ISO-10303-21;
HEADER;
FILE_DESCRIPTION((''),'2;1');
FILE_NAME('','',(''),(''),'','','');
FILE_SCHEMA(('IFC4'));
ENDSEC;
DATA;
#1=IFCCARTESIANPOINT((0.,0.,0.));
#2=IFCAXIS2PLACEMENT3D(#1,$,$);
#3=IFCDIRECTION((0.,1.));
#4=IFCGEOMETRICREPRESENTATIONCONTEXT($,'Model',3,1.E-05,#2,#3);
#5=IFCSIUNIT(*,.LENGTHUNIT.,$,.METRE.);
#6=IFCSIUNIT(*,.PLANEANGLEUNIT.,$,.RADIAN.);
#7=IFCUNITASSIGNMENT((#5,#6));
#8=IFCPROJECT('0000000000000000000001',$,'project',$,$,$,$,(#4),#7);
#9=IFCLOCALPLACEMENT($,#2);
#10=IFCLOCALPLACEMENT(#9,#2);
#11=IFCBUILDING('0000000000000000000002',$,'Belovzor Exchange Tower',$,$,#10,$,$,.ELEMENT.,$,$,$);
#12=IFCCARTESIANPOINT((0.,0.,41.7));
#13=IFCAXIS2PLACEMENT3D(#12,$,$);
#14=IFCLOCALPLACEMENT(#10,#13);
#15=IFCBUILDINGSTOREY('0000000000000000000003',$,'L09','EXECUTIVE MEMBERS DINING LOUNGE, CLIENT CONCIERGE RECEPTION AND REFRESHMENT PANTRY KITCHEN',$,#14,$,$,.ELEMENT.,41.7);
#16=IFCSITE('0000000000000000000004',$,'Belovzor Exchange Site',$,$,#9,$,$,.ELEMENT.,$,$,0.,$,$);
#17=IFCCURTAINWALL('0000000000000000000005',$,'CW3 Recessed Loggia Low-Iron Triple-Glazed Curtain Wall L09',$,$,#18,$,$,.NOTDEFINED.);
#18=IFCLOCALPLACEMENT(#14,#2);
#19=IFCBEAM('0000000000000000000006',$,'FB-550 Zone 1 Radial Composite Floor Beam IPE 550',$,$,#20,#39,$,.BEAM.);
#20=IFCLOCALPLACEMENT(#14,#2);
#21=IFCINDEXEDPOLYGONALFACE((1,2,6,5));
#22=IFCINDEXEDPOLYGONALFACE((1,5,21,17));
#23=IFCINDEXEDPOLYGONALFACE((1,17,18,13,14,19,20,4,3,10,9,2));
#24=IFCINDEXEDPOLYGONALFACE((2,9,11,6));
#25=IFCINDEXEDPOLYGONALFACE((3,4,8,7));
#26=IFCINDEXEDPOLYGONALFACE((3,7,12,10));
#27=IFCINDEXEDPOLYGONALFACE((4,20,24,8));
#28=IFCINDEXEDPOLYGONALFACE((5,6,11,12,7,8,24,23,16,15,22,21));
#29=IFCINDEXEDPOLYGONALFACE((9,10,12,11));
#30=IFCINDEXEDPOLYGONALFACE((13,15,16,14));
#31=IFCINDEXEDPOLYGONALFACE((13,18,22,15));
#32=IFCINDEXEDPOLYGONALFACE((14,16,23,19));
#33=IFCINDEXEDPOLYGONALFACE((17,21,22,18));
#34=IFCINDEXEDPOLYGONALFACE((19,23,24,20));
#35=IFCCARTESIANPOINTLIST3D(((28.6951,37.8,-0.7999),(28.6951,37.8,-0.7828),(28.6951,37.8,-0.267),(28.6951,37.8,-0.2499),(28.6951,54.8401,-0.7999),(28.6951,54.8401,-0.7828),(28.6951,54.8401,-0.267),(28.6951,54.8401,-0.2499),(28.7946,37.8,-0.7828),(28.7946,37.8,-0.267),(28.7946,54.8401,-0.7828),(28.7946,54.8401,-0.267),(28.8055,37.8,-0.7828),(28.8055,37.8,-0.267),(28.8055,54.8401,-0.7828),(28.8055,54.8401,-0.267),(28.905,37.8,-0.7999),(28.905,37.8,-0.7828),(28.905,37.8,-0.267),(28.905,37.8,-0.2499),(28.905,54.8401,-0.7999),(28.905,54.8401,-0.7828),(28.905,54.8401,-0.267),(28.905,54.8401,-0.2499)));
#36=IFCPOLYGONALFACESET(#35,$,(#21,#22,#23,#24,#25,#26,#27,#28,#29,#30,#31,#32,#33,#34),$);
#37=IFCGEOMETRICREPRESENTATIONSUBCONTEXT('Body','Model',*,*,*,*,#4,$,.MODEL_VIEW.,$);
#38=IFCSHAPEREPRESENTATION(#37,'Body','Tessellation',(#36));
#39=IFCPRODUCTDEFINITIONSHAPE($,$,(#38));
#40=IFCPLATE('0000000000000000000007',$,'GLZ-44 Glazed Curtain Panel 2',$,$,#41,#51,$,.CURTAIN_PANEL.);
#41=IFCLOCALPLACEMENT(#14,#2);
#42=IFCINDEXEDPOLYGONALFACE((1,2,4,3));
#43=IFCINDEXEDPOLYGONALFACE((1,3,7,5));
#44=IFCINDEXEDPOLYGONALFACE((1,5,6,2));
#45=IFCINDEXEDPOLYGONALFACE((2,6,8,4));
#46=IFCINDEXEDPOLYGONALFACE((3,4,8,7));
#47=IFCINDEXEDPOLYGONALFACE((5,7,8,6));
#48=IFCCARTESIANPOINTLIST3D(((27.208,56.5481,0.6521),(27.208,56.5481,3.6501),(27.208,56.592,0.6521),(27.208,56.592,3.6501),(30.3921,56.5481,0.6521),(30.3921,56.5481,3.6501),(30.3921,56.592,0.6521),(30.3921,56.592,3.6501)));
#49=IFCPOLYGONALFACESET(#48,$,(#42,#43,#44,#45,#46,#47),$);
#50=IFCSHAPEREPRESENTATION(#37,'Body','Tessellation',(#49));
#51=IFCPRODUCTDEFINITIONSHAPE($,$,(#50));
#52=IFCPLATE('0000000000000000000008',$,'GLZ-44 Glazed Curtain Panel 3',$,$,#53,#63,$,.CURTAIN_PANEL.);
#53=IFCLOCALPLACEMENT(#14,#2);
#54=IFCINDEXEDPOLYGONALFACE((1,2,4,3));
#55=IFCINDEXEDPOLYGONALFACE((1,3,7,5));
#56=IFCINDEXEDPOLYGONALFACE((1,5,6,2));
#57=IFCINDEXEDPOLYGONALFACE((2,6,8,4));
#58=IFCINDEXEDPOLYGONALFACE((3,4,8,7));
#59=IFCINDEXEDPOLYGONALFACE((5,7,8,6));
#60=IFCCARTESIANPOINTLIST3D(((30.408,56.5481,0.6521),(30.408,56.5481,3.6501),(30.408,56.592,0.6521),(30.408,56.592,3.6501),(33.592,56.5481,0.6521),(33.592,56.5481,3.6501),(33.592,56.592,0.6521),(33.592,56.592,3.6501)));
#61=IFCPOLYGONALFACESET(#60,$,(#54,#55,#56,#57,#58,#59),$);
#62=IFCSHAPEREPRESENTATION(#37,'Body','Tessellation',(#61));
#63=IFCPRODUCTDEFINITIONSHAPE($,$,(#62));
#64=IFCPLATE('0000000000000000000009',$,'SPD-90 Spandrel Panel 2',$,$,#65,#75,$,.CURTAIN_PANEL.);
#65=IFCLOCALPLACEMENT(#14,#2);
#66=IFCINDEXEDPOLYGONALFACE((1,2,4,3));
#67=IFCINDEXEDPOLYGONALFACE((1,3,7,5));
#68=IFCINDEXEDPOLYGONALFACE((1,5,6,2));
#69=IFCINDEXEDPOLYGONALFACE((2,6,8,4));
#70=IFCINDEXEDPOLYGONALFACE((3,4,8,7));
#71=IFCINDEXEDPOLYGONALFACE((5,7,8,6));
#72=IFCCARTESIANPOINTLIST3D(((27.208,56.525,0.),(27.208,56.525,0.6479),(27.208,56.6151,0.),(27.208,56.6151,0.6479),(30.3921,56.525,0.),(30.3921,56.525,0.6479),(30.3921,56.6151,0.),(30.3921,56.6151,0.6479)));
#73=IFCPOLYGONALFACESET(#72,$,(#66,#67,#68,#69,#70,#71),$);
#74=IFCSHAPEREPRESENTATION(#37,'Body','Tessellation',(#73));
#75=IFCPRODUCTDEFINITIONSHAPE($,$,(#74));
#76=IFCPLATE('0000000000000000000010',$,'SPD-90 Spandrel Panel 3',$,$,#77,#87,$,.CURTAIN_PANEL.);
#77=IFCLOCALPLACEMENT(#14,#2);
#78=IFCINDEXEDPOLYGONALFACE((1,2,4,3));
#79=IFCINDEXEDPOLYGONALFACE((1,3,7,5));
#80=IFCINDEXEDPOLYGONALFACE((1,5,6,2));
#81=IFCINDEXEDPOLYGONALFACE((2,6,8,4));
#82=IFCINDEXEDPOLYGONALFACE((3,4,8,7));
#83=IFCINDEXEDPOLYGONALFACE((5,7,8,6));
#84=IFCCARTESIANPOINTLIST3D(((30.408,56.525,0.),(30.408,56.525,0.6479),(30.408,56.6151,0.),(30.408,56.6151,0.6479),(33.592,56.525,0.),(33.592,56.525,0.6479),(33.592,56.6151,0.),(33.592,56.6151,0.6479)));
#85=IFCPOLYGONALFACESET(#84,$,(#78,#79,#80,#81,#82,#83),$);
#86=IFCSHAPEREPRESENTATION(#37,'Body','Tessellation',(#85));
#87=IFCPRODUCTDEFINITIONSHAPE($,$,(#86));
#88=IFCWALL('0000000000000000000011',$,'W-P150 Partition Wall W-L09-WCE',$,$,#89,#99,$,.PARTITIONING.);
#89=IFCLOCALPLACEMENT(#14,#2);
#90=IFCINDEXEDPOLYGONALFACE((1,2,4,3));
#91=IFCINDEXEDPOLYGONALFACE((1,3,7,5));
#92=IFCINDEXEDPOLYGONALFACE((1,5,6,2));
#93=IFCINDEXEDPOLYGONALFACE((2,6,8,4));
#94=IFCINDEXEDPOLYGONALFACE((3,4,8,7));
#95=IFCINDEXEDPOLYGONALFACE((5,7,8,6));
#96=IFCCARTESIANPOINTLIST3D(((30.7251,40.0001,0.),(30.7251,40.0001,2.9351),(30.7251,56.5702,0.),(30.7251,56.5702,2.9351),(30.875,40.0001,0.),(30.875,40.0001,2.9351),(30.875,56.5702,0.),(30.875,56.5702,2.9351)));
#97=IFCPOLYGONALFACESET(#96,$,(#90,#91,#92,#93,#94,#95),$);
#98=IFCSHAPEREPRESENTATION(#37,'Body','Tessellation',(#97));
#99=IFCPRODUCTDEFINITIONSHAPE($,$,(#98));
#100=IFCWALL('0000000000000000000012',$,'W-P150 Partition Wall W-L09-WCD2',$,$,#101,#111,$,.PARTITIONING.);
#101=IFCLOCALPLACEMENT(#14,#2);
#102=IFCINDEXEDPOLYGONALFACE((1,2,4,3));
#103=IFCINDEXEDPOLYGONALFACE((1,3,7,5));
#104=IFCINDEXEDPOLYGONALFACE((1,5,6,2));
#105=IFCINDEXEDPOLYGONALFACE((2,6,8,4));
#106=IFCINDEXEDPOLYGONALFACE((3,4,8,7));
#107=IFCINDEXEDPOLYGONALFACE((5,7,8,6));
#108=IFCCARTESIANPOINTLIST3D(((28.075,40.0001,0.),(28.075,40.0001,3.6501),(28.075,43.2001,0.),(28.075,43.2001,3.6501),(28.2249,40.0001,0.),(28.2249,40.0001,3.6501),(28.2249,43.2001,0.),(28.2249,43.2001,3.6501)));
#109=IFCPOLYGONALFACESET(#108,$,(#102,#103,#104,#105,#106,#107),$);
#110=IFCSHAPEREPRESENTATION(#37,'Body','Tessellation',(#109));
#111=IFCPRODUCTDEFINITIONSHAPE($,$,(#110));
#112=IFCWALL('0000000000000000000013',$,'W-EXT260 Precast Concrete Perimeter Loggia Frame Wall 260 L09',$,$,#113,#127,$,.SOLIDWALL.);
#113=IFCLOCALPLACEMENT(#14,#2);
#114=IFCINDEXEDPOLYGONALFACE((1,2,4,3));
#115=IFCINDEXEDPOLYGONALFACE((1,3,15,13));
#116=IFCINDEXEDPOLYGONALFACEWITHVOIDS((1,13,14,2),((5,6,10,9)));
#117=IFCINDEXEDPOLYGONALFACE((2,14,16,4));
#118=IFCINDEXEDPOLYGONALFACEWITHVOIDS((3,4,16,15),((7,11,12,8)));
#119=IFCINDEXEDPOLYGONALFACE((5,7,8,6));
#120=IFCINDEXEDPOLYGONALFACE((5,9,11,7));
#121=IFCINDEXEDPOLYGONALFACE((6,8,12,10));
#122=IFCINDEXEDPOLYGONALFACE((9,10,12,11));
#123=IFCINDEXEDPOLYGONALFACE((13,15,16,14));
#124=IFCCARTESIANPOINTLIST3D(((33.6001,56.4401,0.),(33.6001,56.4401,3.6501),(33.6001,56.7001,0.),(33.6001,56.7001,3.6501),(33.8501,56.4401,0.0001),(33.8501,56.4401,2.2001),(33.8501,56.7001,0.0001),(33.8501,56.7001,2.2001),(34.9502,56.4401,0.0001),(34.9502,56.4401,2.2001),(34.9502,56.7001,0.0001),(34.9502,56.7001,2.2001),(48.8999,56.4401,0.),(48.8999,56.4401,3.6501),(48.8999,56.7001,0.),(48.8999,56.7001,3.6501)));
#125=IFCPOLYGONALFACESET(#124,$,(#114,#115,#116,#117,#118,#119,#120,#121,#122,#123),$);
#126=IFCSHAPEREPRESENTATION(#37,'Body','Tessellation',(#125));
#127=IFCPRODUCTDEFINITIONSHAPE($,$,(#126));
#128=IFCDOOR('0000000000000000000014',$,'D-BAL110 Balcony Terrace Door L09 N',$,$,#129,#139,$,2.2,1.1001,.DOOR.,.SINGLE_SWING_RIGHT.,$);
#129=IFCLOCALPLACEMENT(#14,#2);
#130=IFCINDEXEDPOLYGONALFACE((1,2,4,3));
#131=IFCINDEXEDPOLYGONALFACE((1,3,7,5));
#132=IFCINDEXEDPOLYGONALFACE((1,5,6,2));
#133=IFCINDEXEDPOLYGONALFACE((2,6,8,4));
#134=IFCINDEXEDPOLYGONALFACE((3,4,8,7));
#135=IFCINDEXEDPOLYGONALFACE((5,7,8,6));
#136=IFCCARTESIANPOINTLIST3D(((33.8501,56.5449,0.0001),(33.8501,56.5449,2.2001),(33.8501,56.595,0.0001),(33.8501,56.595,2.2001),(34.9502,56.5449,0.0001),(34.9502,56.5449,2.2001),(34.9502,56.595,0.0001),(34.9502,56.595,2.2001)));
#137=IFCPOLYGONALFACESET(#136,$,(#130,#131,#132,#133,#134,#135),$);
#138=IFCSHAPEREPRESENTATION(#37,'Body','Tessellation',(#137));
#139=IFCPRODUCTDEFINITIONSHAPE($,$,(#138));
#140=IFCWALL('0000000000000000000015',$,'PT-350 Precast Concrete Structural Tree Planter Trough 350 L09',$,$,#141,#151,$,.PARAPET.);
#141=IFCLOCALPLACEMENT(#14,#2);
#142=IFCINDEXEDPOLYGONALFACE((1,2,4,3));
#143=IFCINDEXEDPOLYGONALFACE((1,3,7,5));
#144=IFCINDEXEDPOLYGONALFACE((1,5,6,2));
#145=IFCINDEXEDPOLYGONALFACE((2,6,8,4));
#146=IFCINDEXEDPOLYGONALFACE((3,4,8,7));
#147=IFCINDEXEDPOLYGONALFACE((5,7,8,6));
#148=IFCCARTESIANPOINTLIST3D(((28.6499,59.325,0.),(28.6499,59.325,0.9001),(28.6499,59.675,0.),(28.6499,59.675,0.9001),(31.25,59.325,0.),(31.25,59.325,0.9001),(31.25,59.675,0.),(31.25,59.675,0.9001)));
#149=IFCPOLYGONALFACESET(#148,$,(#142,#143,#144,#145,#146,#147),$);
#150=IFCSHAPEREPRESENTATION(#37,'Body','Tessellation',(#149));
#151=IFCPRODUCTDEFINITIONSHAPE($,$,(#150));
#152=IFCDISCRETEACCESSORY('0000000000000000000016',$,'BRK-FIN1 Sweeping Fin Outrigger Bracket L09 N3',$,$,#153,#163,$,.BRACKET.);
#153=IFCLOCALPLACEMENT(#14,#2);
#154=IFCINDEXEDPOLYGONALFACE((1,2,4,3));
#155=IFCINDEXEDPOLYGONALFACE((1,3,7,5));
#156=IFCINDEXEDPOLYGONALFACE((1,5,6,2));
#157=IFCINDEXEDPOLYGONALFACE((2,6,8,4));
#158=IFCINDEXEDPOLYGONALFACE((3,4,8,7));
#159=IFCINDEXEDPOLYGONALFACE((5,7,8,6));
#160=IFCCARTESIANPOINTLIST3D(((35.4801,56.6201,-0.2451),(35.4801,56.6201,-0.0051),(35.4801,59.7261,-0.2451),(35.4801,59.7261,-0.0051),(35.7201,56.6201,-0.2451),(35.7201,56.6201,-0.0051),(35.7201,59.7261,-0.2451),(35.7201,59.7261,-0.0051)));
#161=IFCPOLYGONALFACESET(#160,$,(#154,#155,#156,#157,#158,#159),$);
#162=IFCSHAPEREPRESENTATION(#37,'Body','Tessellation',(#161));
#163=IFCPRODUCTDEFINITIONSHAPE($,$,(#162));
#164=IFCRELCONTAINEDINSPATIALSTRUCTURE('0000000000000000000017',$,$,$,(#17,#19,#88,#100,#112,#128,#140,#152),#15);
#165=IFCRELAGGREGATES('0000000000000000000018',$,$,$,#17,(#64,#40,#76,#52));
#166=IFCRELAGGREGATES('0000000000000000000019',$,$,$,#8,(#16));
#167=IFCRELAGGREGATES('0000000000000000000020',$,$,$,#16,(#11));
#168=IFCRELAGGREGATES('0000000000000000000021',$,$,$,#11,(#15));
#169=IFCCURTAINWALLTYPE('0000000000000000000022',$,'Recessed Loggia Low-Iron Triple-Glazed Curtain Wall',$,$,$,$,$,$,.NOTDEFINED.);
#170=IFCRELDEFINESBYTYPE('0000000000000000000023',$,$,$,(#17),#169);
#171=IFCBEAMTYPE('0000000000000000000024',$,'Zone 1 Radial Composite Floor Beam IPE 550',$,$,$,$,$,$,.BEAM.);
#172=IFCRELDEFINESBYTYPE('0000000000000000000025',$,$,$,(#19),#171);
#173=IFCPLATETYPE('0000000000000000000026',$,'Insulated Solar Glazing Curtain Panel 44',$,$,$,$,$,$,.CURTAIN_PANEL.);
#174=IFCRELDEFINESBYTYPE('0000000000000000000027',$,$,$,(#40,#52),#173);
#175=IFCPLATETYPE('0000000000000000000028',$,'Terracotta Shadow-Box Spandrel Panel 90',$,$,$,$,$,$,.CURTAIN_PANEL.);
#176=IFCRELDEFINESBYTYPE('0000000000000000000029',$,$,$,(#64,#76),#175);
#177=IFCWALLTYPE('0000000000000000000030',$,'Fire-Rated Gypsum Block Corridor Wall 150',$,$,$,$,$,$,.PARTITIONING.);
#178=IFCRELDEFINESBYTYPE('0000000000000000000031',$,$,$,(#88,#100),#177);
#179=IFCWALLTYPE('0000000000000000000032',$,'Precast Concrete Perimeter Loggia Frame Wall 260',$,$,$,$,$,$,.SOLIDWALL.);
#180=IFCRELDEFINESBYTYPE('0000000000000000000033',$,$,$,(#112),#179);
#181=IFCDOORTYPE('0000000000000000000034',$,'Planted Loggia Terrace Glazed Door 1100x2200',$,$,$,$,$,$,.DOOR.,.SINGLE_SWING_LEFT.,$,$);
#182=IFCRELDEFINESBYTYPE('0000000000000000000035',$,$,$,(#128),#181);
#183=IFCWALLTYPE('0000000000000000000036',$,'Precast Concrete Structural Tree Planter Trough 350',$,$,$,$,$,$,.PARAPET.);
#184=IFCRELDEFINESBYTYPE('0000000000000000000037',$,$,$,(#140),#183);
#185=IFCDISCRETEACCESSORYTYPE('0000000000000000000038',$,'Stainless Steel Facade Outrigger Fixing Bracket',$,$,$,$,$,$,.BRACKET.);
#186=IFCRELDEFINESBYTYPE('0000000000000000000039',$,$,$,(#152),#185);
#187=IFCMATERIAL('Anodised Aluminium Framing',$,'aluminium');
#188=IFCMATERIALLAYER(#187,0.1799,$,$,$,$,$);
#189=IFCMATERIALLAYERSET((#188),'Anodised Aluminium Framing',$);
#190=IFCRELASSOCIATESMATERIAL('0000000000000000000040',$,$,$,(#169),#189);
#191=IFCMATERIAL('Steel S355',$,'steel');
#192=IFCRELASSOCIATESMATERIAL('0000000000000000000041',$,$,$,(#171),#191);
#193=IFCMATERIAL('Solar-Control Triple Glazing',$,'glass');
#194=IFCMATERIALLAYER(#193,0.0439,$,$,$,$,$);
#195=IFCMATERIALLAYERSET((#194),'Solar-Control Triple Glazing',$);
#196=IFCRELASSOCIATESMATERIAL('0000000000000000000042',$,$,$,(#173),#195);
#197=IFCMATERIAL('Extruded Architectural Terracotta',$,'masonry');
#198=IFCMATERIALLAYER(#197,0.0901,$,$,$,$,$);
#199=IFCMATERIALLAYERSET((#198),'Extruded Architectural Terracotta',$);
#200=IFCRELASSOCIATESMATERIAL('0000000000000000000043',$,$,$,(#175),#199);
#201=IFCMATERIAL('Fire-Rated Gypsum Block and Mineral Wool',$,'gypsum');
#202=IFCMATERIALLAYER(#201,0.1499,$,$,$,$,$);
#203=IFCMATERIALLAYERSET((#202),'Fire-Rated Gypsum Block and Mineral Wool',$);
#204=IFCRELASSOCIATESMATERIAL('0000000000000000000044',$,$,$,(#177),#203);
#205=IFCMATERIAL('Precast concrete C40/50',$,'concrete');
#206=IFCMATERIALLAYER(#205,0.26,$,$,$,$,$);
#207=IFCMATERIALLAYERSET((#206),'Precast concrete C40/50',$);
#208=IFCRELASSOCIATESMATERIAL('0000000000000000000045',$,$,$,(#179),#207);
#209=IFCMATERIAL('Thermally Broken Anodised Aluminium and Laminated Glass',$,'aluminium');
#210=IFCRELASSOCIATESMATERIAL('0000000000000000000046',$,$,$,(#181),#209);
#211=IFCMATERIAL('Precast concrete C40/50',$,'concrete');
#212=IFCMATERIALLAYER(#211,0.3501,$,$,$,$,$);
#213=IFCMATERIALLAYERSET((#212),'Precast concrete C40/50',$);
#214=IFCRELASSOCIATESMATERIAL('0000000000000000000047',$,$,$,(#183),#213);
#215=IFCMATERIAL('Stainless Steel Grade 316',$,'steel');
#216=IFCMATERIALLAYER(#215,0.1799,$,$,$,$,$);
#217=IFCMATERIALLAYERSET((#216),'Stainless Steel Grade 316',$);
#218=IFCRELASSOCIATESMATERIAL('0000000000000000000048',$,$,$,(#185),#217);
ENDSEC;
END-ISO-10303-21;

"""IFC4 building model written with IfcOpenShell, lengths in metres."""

from ifc_helpers import new_model, si_unit, direction, frame, frame_2d, origin, origin_2d, place, context, subcontext, project, spatial, rectangle, i_section, extrude, material, layer, layer_set, material_profile, profile_set, type_object, element, fill, aggregate, save


model = new_model("IFC4")

# Units and contexts
model_context = context("Model", 3, precision=1e-05, world=origin(), true_north=direction((0.0, 1.0)))
body_context = subcontext(model_context, "Body", "Model", "MODEL_VIEW")
ifc_project = project(units=[si_unit("LENGTHUNIT", "METRE"), si_unit("PLANEANGLEUNIT", "RADIAN")], contexts=[model_context])

# Site, building, storey
site_placement = place(None, origin())
site = spatial("IfcSite", under=ifc_project, at=site_placement, Name="Belovzor Exchange Site", CompositionType="ELEMENT", RefElevation=0.0)
building_placement = place(site_placement, origin())
building = spatial("IfcBuilding", under=site, at=building_placement, Name="Belovzor Exchange Tower", CompositionType="ELEMENT")
storey_placement = place(building_placement, frame((0.0, 0.0, 41.7)))
storey = spatial("IfcBuildingStorey", under=building, at=storey_placement, Name="L09", Description="EXECUTIVE MEMBERS DINING LOUNGE, CLIENT CONCIERGE RECEPTION AND REFRESHMENT PANTRY KITCHEN", CompositionType="ELEMENT", Elevation=41.7)

# Curtain wall
ifc_material_1 = material(Name="Anodised Aluminium Framing", Category="aluminium")
ifc_layer_1 = layer(ifc_material_1, 0.1799)
ifc_layer_set_1 = layer_set([ifc_layer_1], Name="Anodised Aluminium Framing")
curtain_wall_type = type_object("IfcCurtainWallType", Name="Recessed Loggia Low-Iron Triple-Glazed Curtain Wall", PredefinedType="NOTDEFINED", material=ifc_layer_set_1)
curtain_wall_placement = place(storey_placement, origin())
curtain_wall = element("IfcCurtainWall", 1, at=curtain_wall_placement, inside=storey, type_object=curtain_wall_type, Name="CW3 Recessed Loggia Low-Iron Triple-Glazed Curtain Wall L09", PredefinedType="NOTDEFINED")

# Beam
ifc_material_2 = material(Name="Steel S355", Category="steel")
ifc_material_profile_1 = material_profile(ifc_material_2, i_section(OverallWidth=0.21, OverallDepth=0.55, WebThickness=0.011, FlangeThickness=0.0171, at=origin_2d()))
ifc_profile_set_1 = profile_set([ifc_material_profile_1], Name="Steel S355")
beam_type_1 = type_object("IfcBeamType", Name="Zone 1 Radial Composite Floor Beam IPE 550", PredefinedType="BEAM", material=ifc_profile_set_1)
beam_1_placement = place(storey_placement, frame((28.8, 37.8, -0.5249), z_axis=(0.0, 1.0, 0.0), x_axis=(-1.0, 0.0, 0.0)))
element("IfcBeam", 2, at=beam_1_placement, inside=storey, type_object=beam_type_1, Name="FB-550 Zone 1 Radial Composite Floor Beam IPE 550", PredefinedType="BEAM", context=body_context, shape_type="SweptSolid", body=[
    extrude(i_section(OverallWidth=0.21, OverallDepth=0.55, WebThickness=0.011, FlangeThickness=0.0171, at=origin_2d()), origin(), (0.0, 0.0, 1.0), 17.04),
])

# Plates
ifc_material_3 = material(Name="Solar-Control Triple Glazing", Category="glass")
ifc_layer_2 = layer(ifc_material_3, 0.0439)
ifc_layer_set_2 = layer_set([ifc_layer_2], Name="Solar-Control Triple Glazing")
plate_type_1 = type_object("IfcPlateType", Name="Insulated Solar Glazing Curtain Panel 44", PredefinedType="CURTAIN_PANEL", material=ifc_layer_set_2)
plate_1_placement = place(storey_placement, frame((28.8, 56.5701, 0.6521), z_axis=(0.0, 0.0, 1.0), x_axis=(1.0, 0.0, 0.0)))
plate_1 = element("IfcPlate", 3, at=plate_1_placement, type_object=plate_type_1, Name="GLZ-44 Glazed Curtain Panel 2", PredefinedType="CURTAIN_PANEL", context=body_context, shape_type="SweptSolid", body=[
    extrude(rectangle(XDim=3.1841, YDim=0.0439, at=origin_2d()), origin(), (0.0, 0.0, 1.0), 2.998),
])
plate_2_placement = place(storey_placement, frame((32.0, 56.5701, 0.6521), z_axis=(0.0, 0.0, 1.0), x_axis=(1.0, 0.0, 0.0)))
plate_2 = element("IfcPlate", 4, at=plate_2_placement, type_object=plate_type_1, Name="GLZ-44 Glazed Curtain Panel 3", PredefinedType="CURTAIN_PANEL", context=body_context, shape_type="SweptSolid", body=[
    extrude(rectangle(XDim=3.1841, YDim=0.0439, at=origin_2d()), origin(), (0.0, 0.0, 1.0), 2.998),
])
ifc_material_4 = material(Name="Extruded Architectural Terracotta", Category="masonry")
ifc_layer_3 = layer(ifc_material_4, 0.0901)
ifc_layer_set_3 = layer_set([ifc_layer_3], Name="Extruded Architectural Terracotta")
plate_type_2 = type_object("IfcPlateType", Name="Terracotta Shadow-Box Spandrel Panel 90", PredefinedType="CURTAIN_PANEL", material=ifc_layer_set_3)
plate_3_placement = place(storey_placement, frame((28.8, 56.5701, 0.0), z_axis=(0.0, 0.0, 1.0), x_axis=(1.0, 0.0, 0.0)))
plate_3 = element("IfcPlate", 5, at=plate_3_placement, type_object=plate_type_2, Name="SPD-90 Spandrel Panel 2", PredefinedType="CURTAIN_PANEL", context=body_context, shape_type="SweptSolid", body=[
    extrude(rectangle(XDim=3.1841, YDim=0.0901, at=origin_2d()), origin(), (0.0, 0.0, 1.0), 0.6479),
])
plate_4_placement = place(storey_placement, frame((32.0, 56.5701, 0.0), z_axis=(0.0, 0.0, 1.0), x_axis=(1.0, 0.0, 0.0)))
plate_4 = element("IfcPlate", 6, at=plate_4_placement, type_object=plate_type_2, Name="SPD-90 Spandrel Panel 3", PredefinedType="CURTAIN_PANEL", context=body_context, shape_type="SweptSolid", body=[
    extrude(rectangle(XDim=3.1841, YDim=0.0901, at=origin_2d()), origin(), (0.0, 0.0, 1.0), 0.6479),
])
aggregate(curtain_wall, [plate_3, plate_1, plate_4, plate_2])

# Walls
ifc_material_5 = material(Name="Fire-Rated Gypsum Block and Mineral Wool", Category="gypsum")
ifc_layer_4 = layer(ifc_material_5, 0.1499)
ifc_layer_set_4 = layer_set([ifc_layer_4], Name="Fire-Rated Gypsum Block and Mineral Wool")
wall_type_1 = type_object("IfcWallType", Name="Fire-Rated Gypsum Block Corridor Wall 150", PredefinedType="PARTITIONING", material=ifc_layer_set_4)
wall_1_placement = place(storey_placement, frame((30.8, 40.0, 0.0), z_axis=(0.0, 0.0, 1.0), x_axis=(0.0, 1.0, 0.0)))
element("IfcWall", 7, at=wall_1_placement, inside=storey, type_object=wall_type_1, Name="W-P150 Partition Wall W-L09-WCE", PredefinedType="PARTITIONING", context=body_context, shape_type="SweptSolid", body=[
    extrude(rectangle(XDim=16.5701, YDim=0.1499, at=frame_2d((8.2852, 0.0))), origin(), (0.0, 0.0, 1.0), 2.9351),
])
wall_2_placement = place(storey_placement, frame((28.1499, 40.0, 0.0), z_axis=(0.0, 0.0, 1.0), x_axis=(0.0, 1.0, 0.0)))
element("IfcWall", 8, at=wall_2_placement, inside=storey, type_object=wall_type_1, Name="W-P150 Partition Wall W-L09-WCD2", PredefinedType="PARTITIONING", context=body_context, shape_type="SweptSolid", body=[
    extrude(rectangle(XDim=3.2, YDim=0.1499, at=frame_2d((1.6001, 0.0))), origin(), (0.0, 0.0, 1.0), 3.6501),
])

# Wall, opening, door
ifc_material_6 = material(Name="Precast concrete C40/50", Category="concrete")
ifc_layer_5 = layer(ifc_material_6, 0.26)
ifc_layer_set_5 = layer_set([ifc_layer_5], Name="Precast concrete C40/50")
wall_type_2 = type_object("IfcWallType", Name="Precast Concrete Perimeter Loggia Frame Wall 260", PredefinedType="SOLIDWALL", material=ifc_layer_set_5)
wall_3_placement = place(storey_placement, frame((33.6001, 56.5701, 0.0), z_axis=(0.0, 0.0, 1.0), x_axis=(1.0, 0.0, 0.0)))
wall_3 = element("IfcWall", 9, at=wall_3_placement, inside=storey, type_object=wall_type_2, Name="W-EXT260 Precast Concrete Perimeter Loggia Frame Wall 260 L09", PredefinedType="SOLIDWALL", context=body_context, shape_type="SweptSolid", body=[
    extrude(rectangle(XDim=15.2998, YDim=0.26, at=frame_2d((7.6499, 0.0))), origin(), (0.0, 0.0, 1.0), 3.6501),
])
opening_placement = place(wall_3_placement, frame((0.25, 0.0, 0.0)))
opening = element("IfcOpeningElement", 10, at=opening_placement, cuts=wall_3, PredefinedType="OPENING", context=body_context, shape_type="SweptSolid", body=[
    extrude(rectangle(XDim=1.1001, YDim=2.2, at=frame_2d((0.55, 1.1001))), frame((0.0, 0.1399, 0.0), z_axis=(0.0, -1.0, 0.0), x_axis=(1.0, 0.0, 0.0)), (0.0, 0.0, 1.0), 0.28),
])
ifc_material_7 = material(Name="Thermally Broken Anodised Aluminium and Laminated Glass", Category="aluminium")
door_type = type_object("IfcDoorType", Name="Planted Loggia Terrace Glazed Door 1100x2200", OperationType="SINGLE_SWING_LEFT", PredefinedType="DOOR", material=ifc_material_7)
door_placement = place(opening_placement, origin())
door = element("IfcDoor", 11, at=door_placement, inside=storey, type_object=door_type, Name="D-BAL110 Balcony Terrace Door L09 N", OperationType="SINGLE_SWING_RIGHT", OverallHeight=2.2, OverallWidth=1.1001, PredefinedType="DOOR", context=body_context, shape_type="SweptSolid", body=[
    extrude(rectangle(XDim=1.1001, YDim=2.2, at=frame_2d((0.55, 1.1001))), frame((0.0, 0.0249, 0.0), z_axis=(0.0, -1.0, 0.0), x_axis=(1.0, 0.0, 0.0)), (0.0, 0.0, 1.0), 0.05),
])
fill(opening, door)

# Wall
ifc_material_8 = material(Name="Precast concrete C40/50", Category="concrete")
ifc_layer_6 = layer(ifc_material_8, 0.3501)
ifc_layer_set_6 = layer_set([ifc_layer_6], Name="Precast concrete C40/50")
wall_type_3 = type_object("IfcWallType", Name="Precast Concrete Structural Tree Planter Trough 350", PredefinedType="PARAPET", material=ifc_layer_set_6)
wall_4_placement = place(storey_placement, frame((28.6499, 59.5, 0.0), z_axis=(0.0, 0.0, 1.0), x_axis=(1.0, 0.0, 0.0)))
element("IfcWall", 12, at=wall_4_placement, inside=storey, type_object=wall_type_3, Name="PT-350 Precast Concrete Structural Tree Planter Trough 350 L09", PredefinedType="PARAPET", context=body_context, shape_type="SweptSolid", body=[
    extrude(rectangle(XDim=2.6001, YDim=0.3501, at=frame_2d((1.3, 0.0))), origin(), (0.0, 0.0, 1.0), 0.9001),
])

# Discrete accessory
ifc_material_9 = material(Name="Stainless Steel Grade 316", Category="steel")
ifc_layer_7 = layer(ifc_material_9, 0.1799)
ifc_layer_set_7 = layer_set([ifc_layer_7], Name="Stainless Steel Grade 316")
discrete_accessory_type = type_object("IfcDiscreteAccessoryType", Name="Stainless Steel Facade Outrigger Fixing Bracket", PredefinedType="BRACKET", material=ifc_layer_set_7)
discrete_accessory_placement = place(storey_placement, frame((35.6001, 58.1731, -0.2451), z_axis=(0.0, 0.0, 1.0), x_axis=(0.0, 1.0, 0.0)))
element("IfcDiscreteAccessory", 13, at=discrete_accessory_placement, inside=storey, type_object=discrete_accessory_type, Name="BRK-FIN1 Sweeping Fin Outrigger Bracket L09 N3", PredefinedType="BRACKET", context=body_context, shape_type="SweptSolid", body=[
    extrude(rectangle(XDim=3.106, YDim=0.24, at=origin_2d()), origin(), (0.0, 0.0, 1.0), 0.24),
])

save(model, "model.ifc")
